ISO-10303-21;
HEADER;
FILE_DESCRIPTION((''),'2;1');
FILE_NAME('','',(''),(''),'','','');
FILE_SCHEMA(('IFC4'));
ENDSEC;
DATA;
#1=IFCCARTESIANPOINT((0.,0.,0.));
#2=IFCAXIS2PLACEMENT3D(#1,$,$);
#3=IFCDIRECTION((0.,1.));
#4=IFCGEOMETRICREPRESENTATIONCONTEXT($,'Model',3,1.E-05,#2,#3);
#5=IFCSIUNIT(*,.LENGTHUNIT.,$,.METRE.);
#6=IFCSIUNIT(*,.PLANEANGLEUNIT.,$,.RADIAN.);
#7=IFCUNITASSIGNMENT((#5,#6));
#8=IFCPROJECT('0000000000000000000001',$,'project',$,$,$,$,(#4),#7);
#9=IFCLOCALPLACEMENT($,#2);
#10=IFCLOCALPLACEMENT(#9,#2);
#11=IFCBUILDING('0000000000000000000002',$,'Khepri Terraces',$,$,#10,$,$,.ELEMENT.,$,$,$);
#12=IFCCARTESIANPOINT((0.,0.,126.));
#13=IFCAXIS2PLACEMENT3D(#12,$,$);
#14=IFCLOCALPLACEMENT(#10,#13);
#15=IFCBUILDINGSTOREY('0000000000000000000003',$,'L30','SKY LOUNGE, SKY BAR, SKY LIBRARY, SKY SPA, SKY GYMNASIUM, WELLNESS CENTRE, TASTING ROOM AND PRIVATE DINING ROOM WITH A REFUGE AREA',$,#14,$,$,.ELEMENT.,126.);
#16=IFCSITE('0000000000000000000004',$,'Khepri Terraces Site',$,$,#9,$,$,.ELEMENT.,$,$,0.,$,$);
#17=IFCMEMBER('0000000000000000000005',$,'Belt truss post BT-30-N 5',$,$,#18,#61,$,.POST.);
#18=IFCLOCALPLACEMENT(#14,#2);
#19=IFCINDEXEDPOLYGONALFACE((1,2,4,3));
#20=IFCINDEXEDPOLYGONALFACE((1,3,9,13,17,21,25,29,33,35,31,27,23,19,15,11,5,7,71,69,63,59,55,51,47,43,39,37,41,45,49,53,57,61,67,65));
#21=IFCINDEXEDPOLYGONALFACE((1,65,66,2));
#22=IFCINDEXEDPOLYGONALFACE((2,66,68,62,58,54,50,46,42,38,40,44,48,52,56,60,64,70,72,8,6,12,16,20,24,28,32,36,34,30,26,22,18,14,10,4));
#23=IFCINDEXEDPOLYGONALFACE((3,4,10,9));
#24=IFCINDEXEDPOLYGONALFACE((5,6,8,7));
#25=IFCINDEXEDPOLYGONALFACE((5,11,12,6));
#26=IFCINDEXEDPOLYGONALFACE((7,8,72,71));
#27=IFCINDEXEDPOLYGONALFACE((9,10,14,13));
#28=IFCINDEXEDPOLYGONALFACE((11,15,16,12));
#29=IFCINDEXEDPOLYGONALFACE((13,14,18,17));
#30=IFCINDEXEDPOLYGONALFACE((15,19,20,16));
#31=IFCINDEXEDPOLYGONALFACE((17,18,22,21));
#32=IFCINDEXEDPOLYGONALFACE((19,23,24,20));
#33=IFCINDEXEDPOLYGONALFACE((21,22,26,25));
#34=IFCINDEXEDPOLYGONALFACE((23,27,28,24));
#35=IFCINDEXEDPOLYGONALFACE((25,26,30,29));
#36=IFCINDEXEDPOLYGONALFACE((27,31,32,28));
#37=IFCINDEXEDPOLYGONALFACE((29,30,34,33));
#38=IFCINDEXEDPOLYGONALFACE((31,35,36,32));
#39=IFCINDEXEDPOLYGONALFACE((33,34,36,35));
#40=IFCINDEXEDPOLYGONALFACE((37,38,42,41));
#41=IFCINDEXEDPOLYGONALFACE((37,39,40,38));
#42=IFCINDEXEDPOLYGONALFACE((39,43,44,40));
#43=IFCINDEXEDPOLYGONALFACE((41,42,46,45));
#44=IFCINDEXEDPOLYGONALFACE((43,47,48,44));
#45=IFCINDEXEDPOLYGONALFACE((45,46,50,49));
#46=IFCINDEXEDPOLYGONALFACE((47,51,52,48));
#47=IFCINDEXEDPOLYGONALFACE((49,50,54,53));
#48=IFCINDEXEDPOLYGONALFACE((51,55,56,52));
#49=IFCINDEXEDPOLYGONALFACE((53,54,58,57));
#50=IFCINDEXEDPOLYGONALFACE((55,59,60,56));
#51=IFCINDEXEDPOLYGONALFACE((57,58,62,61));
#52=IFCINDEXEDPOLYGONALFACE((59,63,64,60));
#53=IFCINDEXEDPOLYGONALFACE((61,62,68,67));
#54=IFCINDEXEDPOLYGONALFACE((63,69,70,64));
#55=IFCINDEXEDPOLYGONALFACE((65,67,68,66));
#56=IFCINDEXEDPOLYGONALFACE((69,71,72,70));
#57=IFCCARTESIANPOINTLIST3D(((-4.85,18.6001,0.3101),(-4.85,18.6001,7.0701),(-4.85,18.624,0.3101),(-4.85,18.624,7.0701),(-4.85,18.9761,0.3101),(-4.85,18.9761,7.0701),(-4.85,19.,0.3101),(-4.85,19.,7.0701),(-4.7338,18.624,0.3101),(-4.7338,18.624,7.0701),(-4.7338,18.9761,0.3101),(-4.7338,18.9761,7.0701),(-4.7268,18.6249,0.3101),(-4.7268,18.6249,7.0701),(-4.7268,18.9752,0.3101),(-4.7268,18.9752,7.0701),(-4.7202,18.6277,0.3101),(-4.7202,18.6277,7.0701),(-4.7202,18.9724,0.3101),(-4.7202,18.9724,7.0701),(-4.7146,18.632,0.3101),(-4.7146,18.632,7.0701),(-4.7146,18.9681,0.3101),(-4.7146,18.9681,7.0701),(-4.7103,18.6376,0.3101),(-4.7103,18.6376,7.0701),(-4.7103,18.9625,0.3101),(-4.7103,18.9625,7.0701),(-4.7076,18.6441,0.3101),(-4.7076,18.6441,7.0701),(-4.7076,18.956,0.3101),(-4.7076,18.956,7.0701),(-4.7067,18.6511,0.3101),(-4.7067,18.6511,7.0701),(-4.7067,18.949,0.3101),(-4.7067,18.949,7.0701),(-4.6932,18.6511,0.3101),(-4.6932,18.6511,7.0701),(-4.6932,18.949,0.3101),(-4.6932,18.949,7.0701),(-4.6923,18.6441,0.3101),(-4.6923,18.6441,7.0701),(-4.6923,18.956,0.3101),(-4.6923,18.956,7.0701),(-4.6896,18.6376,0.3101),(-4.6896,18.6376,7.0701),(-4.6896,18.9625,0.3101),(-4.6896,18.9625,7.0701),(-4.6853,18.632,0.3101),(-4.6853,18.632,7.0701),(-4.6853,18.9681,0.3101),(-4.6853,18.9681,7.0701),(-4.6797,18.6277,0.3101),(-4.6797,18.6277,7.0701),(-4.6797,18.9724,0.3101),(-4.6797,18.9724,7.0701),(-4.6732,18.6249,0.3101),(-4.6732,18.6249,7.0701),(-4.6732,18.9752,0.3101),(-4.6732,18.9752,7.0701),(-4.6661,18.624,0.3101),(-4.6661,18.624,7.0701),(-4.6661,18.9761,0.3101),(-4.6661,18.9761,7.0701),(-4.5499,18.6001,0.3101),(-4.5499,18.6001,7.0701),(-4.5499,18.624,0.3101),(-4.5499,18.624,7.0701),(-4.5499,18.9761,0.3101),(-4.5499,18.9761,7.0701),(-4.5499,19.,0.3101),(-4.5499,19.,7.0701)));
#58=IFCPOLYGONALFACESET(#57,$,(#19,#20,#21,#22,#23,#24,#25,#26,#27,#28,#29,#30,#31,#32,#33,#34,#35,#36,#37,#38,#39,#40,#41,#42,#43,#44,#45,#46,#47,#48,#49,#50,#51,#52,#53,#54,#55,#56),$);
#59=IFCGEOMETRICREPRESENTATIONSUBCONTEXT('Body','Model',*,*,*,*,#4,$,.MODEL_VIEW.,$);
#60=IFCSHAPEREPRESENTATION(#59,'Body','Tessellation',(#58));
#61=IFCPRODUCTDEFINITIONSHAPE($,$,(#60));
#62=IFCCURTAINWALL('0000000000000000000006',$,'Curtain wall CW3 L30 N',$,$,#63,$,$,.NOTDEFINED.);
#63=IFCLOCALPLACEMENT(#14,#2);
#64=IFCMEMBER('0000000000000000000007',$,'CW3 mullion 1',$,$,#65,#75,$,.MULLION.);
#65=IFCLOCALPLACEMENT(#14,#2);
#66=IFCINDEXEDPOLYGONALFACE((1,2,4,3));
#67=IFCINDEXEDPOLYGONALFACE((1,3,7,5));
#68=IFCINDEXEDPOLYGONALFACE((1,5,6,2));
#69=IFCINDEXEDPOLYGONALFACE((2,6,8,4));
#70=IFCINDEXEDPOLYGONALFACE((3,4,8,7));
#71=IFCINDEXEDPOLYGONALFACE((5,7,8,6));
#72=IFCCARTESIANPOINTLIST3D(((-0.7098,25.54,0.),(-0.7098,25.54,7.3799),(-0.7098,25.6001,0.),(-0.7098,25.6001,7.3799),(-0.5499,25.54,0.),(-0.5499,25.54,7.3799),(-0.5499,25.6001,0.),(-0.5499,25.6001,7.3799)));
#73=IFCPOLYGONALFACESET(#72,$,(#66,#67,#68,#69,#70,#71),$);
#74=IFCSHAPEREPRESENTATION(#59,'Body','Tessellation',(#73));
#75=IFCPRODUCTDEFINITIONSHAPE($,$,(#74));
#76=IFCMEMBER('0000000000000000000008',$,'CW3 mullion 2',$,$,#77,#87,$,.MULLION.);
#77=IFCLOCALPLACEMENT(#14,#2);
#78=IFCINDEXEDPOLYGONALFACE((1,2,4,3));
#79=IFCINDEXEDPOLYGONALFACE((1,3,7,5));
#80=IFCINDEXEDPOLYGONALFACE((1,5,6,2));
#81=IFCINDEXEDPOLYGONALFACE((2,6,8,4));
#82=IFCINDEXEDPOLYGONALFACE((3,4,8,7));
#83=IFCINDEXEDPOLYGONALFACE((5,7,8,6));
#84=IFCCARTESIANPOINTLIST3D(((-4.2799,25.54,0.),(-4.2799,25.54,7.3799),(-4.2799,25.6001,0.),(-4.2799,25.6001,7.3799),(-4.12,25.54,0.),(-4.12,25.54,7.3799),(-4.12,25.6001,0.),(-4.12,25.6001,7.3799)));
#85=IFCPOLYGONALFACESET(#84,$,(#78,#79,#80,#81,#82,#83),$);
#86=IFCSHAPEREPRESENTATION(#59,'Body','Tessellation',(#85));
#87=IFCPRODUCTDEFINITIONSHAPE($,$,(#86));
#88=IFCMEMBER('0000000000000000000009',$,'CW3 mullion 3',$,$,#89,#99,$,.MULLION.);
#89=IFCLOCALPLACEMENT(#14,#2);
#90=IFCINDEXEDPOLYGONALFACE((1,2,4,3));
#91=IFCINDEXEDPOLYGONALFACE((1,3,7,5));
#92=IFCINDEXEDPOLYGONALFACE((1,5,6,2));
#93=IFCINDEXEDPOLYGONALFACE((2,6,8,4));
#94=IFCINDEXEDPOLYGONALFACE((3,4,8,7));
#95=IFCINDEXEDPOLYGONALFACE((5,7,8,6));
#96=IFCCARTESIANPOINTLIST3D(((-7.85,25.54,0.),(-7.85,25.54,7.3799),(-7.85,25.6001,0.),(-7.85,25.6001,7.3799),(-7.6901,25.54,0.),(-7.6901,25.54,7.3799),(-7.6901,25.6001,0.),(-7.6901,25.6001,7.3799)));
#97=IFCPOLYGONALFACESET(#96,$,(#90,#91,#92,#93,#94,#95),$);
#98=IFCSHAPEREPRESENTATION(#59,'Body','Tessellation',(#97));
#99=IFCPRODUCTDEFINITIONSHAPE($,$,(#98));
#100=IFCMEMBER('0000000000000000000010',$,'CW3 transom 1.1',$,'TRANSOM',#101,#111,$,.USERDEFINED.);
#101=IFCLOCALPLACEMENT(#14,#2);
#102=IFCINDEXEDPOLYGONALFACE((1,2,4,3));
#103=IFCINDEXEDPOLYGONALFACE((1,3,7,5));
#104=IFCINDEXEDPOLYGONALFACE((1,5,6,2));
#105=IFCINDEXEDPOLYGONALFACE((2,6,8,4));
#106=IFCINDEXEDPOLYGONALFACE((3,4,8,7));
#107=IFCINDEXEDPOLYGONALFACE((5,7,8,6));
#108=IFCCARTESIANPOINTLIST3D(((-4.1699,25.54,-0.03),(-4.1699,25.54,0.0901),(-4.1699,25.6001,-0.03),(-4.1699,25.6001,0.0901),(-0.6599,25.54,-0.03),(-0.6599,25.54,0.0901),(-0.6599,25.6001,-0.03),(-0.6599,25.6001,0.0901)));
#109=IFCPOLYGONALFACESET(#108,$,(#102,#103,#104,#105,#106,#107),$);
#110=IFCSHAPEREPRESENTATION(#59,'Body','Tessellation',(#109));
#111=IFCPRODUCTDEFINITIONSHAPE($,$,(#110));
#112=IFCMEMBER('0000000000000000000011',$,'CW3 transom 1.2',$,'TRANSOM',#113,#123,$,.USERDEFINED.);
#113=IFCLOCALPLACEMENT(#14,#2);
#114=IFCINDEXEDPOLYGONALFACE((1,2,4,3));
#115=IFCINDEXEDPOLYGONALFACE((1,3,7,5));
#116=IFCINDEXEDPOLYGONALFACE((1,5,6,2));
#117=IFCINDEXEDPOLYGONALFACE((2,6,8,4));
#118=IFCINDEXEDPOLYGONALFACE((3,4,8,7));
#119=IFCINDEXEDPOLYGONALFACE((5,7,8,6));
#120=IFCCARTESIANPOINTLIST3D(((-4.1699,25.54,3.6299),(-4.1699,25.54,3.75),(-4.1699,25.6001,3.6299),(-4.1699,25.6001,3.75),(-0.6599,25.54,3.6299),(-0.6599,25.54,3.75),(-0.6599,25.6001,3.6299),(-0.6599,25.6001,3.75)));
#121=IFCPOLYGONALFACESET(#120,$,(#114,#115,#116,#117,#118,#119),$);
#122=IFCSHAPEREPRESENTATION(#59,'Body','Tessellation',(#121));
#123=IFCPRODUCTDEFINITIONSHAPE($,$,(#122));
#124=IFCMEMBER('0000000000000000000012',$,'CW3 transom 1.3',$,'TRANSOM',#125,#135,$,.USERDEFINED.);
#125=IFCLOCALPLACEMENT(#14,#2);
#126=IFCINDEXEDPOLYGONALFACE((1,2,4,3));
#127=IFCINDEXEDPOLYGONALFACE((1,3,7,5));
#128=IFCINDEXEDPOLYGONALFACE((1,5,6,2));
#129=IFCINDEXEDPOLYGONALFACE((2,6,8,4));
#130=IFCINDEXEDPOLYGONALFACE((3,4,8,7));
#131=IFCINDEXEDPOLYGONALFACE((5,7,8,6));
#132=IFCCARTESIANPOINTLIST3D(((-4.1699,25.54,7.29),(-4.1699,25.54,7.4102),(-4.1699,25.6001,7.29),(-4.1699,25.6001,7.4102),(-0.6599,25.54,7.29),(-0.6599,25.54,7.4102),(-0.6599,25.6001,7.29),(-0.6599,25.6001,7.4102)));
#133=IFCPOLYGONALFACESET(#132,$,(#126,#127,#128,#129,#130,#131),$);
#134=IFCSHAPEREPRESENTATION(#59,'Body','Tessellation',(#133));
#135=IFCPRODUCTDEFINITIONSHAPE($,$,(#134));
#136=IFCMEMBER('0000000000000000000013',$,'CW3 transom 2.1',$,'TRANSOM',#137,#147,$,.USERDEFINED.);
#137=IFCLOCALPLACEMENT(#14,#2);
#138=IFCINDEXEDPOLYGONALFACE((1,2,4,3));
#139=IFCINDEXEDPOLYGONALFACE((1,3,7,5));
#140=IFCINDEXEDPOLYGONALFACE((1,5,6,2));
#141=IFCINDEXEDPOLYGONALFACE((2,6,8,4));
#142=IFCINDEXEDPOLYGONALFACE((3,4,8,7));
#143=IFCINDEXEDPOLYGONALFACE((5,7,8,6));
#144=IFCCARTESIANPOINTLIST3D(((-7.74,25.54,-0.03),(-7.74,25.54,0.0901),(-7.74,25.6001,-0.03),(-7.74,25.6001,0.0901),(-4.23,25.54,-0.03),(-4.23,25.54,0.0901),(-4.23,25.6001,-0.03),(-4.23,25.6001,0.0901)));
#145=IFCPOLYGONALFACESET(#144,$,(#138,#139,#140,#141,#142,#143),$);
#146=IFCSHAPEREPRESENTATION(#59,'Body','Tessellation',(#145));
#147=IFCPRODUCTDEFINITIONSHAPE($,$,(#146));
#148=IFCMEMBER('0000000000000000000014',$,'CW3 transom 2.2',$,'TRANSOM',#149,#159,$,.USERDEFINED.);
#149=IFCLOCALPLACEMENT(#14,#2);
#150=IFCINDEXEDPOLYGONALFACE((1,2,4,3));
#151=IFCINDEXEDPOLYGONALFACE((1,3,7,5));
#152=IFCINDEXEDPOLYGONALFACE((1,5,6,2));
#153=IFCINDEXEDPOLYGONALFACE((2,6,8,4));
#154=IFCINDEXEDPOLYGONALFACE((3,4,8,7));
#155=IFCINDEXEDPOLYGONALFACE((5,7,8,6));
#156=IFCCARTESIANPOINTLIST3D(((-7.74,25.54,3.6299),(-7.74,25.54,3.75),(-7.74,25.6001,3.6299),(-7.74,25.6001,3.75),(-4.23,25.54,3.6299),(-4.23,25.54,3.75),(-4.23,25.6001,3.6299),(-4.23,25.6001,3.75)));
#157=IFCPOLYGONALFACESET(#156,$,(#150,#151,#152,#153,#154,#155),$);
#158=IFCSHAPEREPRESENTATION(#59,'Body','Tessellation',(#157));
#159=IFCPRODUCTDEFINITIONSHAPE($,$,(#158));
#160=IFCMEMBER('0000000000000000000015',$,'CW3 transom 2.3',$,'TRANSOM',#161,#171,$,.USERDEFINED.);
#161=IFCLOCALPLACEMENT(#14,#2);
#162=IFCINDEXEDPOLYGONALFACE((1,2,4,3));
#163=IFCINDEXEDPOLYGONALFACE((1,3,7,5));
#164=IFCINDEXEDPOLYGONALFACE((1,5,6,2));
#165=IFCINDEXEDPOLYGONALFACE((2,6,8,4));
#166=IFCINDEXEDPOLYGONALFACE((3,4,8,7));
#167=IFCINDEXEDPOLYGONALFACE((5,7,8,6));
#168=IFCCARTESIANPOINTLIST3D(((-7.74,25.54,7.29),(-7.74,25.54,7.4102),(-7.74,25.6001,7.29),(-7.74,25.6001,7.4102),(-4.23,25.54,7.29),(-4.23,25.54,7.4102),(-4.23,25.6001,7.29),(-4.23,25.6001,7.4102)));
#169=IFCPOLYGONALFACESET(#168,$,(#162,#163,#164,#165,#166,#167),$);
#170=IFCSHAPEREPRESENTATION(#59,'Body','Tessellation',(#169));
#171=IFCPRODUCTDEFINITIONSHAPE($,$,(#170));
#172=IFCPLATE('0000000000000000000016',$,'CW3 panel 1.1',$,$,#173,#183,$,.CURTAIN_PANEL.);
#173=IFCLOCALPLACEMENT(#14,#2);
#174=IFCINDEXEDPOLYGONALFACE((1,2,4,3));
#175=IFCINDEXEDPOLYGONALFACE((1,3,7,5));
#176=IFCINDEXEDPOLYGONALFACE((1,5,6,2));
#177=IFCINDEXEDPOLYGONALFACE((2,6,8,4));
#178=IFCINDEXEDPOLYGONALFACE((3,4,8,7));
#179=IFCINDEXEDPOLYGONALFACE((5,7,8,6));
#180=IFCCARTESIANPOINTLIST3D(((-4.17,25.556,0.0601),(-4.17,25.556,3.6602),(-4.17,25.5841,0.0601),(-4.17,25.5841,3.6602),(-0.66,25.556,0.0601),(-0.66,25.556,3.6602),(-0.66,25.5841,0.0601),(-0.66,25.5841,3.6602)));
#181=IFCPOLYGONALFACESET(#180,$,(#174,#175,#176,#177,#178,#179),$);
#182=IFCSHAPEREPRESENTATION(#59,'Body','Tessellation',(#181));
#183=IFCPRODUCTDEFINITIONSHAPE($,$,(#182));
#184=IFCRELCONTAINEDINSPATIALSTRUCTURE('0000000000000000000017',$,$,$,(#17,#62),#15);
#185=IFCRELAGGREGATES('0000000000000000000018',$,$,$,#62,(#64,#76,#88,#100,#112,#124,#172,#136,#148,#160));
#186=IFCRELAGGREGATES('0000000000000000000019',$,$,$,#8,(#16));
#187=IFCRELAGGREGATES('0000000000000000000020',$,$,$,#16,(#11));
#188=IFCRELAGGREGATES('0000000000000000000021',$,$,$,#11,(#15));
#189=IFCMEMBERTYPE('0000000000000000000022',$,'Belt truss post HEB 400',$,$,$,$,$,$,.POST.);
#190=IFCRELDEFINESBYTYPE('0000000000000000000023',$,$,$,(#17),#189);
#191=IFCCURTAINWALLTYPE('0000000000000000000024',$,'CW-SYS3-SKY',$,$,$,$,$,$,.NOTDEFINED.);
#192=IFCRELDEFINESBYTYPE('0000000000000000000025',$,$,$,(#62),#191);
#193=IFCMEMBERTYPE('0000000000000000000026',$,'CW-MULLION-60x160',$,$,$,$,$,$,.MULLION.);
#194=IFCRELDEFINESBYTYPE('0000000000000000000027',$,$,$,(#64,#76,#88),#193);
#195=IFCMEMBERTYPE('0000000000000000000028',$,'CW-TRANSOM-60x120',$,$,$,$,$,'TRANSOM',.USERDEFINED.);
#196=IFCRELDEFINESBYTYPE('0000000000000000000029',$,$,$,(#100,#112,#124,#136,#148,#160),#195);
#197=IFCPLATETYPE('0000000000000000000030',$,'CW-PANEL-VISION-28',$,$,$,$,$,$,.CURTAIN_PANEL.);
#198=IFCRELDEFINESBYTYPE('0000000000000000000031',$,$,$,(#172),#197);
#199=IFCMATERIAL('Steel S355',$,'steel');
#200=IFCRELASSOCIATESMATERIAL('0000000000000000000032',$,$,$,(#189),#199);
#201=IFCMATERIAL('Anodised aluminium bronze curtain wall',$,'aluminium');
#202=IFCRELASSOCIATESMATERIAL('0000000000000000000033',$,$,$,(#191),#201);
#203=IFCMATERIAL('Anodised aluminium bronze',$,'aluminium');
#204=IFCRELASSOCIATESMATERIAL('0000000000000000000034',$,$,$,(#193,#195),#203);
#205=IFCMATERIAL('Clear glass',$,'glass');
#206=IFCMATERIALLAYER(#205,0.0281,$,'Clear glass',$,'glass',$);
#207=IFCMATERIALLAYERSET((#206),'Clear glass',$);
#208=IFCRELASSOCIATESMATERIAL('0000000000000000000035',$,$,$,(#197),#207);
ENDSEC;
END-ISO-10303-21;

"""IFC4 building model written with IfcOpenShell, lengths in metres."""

from ifc_helpers import new_model, si_unit, direction, frame, origin, origin_2d, place, context, subcontext, project, spatial, rectangle, i_section, extrude, material, layer, layer_set, material_profile, profile_set, type_object, element, aggregate, save


model = new_model("IFC4")

# Units and contexts
model_context = context("Model", 3, precision=1e-05, world=origin(), true_north=direction((0.0, 1.0)))
body_context = subcontext(model_context, "Body", "Model", "MODEL_VIEW")
ifc_project = project(units=[si_unit("LENGTHUNIT", "METRE"), si_unit("PLANEANGLEUNIT", "RADIAN")], contexts=[model_context])

# Site, building, storey
site_placement = place(None, origin())
site = spatial("IfcSite", under=ifc_project, at=site_placement, Name="Khepri Terraces Site", CompositionType="ELEMENT", RefElevation=0.0)
building_placement = place(site_placement, origin())
building = spatial("IfcBuilding", under=site, at=building_placement, Name="Khepri Terraces", CompositionType="ELEMENT")
storey_placement = place(building_placement, frame((0.0, 0.0, 126.0)))
storey = spatial("IfcBuildingStorey", under=building, at=storey_placement, Name="L30", Description="SKY LOUNGE, SKY BAR, SKY LIBRARY, SKY SPA, SKY GYMNASIUM, WELLNESS CENTRE, TASTING ROOM AND PRIVATE DINING ROOM WITH A REFUGE AREA", CompositionType="ELEMENT", Elevation=126.0)

# Member
ifc_material_1 = material(Name="Steel S355", Category="steel")
ifc_material_profile_1 = material_profile(ifc_material_1, i_section(OverallWidth=0.3, OverallDepth=0.3999, WebThickness=0.0134, FlangeThickness=0.0239, FilletRadius=0.0271, at=origin_2d()), Name="Steel S355", Category="steel")
ifc_profile_set_1 = profile_set([ifc_material_profile_1], Name="Steel S355")
member_type_1 = type_object("IfcMemberType", Name="Belt truss post HEB 400", PredefinedType="POST", material=ifc_profile_set_1)
for number, where, z_axis, x_axis, name in (
    (1, (-4.7, 18.8, 0.3101), (0.0, 0.0, 1.0), (1.0, 0.0, 0.0), "Belt truss post BT-30-N 5"),
):
    element("IfcMember", number, at=place(storey_placement, frame(where, z_axis=z_axis, x_axis=x_axis)), inside=storey, type_object=member_type_1, Name=name, PredefinedType="POST", context=body_context, shape_type="SweptSolid", body=[
        extrude(i_section(OverallWidth=0.3, OverallDepth=0.3999, WebThickness=0.0134, FlangeThickness=0.0239, FilletRadius=0.0271, at=origin_2d()), origin(), (0.0, 0.0, 1.0), 6.76),
    ])

# Curtain wall, members, plate
ifc_material_2 = material(Name="Anodised aluminium bronze curtain wall", Category="aluminium")
curtain_wall_type = type_object("IfcCurtainWallType", Name="CW-SYS3-SKY", PredefinedType="NOTDEFINED", material=ifc_material_2)
curtain_wall_placement = place(storey_placement, origin())
curtain_wall = element("IfcCurtainWall", 2, at=curtain_wall_placement, inside=storey, type_object=curtain_wall_type, Name="Curtain wall CW3 L30 N", PredefinedType="NOTDEFINED")
ifc_material_3 = material(Name="Anodised aluminium bronze", Category="aluminium")
ifc_material_profile_2 = material_profile(ifc_material_3, rectangle(XDim=0.0601, YDim=0.1599, at=origin_2d()), Name="Anodised aluminium bronze", Category="aluminium")
ifc_profile_set_2 = profile_set([ifc_material_profile_2], Name="Anodised aluminium bronze")
member_type_2 = type_object("IfcMemberType", Name="CW-MULLION-60x160", PredefinedType="MULLION", material=ifc_profile_set_2)
member_1_placement = place(storey_placement, frame((-0.6299, 25.5701, 0.0), z_axis=(0.0, 0.0, 1.0), x_axis=(0.0, -1.0, 0.0)))
member_1 = element("IfcMember", 3, at=member_1_placement, type_object=member_type_2, Name="CW3 mullion 1", PredefinedType="MULLION", context=body_context, shape_type="SweptSolid", body=[
    extrude(rectangle(XDim=0.0601, YDim=0.1599, at=origin_2d()), origin(), (0.0, 0.0, 1.0), 7.3799),
])
member_2_placement = place(storey_placement, frame((-4.2, 25.5701, 0.0), z_axis=(0.0, 0.0, 1.0), x_axis=(0.0, -1.0, 0.0)))
member_2 = element("IfcMember", 4, at=member_2_placement, type_object=member_type_2, Name="CW3 mullion 2", PredefinedType="MULLION", context=body_context, shape_type="SweptSolid", body=[
    extrude(rectangle(XDim=0.0601, YDim=0.1599, at=origin_2d()), origin(), (0.0, 0.0, 1.0), 7.3799),
])
member_3_placement = place(storey_placement, frame((-7.77, 25.5701, 0.0), z_axis=(0.0, 0.0, 1.0), x_axis=(0.0, -1.0, 0.0)))
member_3 = element("IfcMember", 5, at=member_3_placement, type_object=member_type_2, Name="CW3 mullion 3", PredefinedType="MULLION", context=body_context, shape_type="SweptSolid", body=[
    extrude(rectangle(XDim=0.0601, YDim=0.1599, at=origin_2d()), origin(), (0.0, 0.0, 1.0), 7.3799),
])
ifc_material_profile_3 = material_profile(ifc_material_3, rectangle(XDim=0.0601, YDim=0.1201, at=origin_2d()), Name="Anodised aluminium bronze", Category="aluminium")
ifc_profile_set_3 = profile_set([ifc_material_profile_3], Name="Anodised aluminium bronze")
member_type_3 = type_object("IfcMemberType", Name="CW-TRANSOM-60x120", ElementType="TRANSOM", PredefinedType="USERDEFINED", material=ifc_profile_set_3)
member_4_placement = place(storey_placement, frame((-0.6599, 25.5701, 0.03), z_axis=(-1.0, 0.0, 0.0), x_axis=(0.0, -1.0, 0.0)))
member_4 = element("IfcMember", 6, at=member_4_placement, type_object=member_type_3, Name="CW3 transom 1.1", ObjectType="TRANSOM", PredefinedType="USERDEFINED", context=body_context, shape_type="SweptSolid", body=[
    extrude(rectangle(XDim=0.0601, YDim=0.1201, at=origin_2d()), origin(), (0.0, 0.0, 1.0), 3.51),
])
member_5_placement = place(storey_placement, frame((-0.6599, 25.5701, 3.6899), z_axis=(-1.0, 0.0, 0.0), x_axis=(0.0, -1.0, 0.0)))
member_5 = element("IfcMember", 7, at=member_5_placement, type_object=member_type_3, Name="CW3 transom 1.2", ObjectType="TRANSOM", PredefinedType="USERDEFINED", context=body_context, shape_type="SweptSolid", body=[
    extrude(rectangle(XDim=0.0601, YDim=0.1201, at=origin_2d()), origin(), (0.0, 0.0, 1.0), 3.51),
])
member_6_placement = place(storey_placement, frame((-0.6599, 25.5701, 7.3501), z_axis=(-1.0, 0.0, 0.0), x_axis=(0.0, -1.0, 0.0)))
member_6 = element("IfcMember", 8, at=member_6_placement, type_object=member_type_3, Name="CW3 transom 1.3", ObjectType="TRANSOM", PredefinedType="USERDEFINED", context=body_context, shape_type="SweptSolid", body=[
    extrude(rectangle(XDim=0.0601, YDim=0.1201, at=origin_2d()), origin(), (0.0, 0.0, 1.0), 3.51),
])
member_7_placement = place(storey_placement, frame((-4.23, 25.5701, 0.03), z_axis=(-1.0, 0.0, 0.0), x_axis=(0.0, -1.0, 0.0)))
member_7 = element("IfcMember", 9, at=member_7_placement, type_object=member_type_3, Name="CW3 transom 2.1", ObjectType="TRANSOM", PredefinedType="USERDEFINED", context=body_context, shape_type="SweptSolid", body=[
    extrude(rectangle(XDim=0.0601, YDim=0.1201, at=origin_2d()), origin(), (0.0, 0.0, 1.0), 3.51),
])
member_8_placement = place(storey_placement, frame((-4.23, 25.5701, 3.6899), z_axis=(-1.0, 0.0, 0.0), x_axis=(0.0, -1.0, 0.0)))
member_8 = element("IfcMember", 10, at=member_8_placement, type_object=member_type_3, Name="CW3 transom 2.2", ObjectType="TRANSOM", PredefinedType="USERDEFINED", context=body_context, shape_type="SweptSolid", body=[
    extrude(rectangle(XDim=0.0601, YDim=0.1201, at=origin_2d()), origin(), (0.0, 0.0, 1.0), 3.51),
])
member_9_placement = place(storey_placement, frame((-4.23, 25.5701, 7.3501), z_axis=(-1.0, 0.0, 0.0), x_axis=(0.0, -1.0, 0.0)))
member_9 = element("IfcMember", 11, at=member_9_placement, type_object=member_type_3, Name="CW3 transom 2.3", ObjectType="TRANSOM", PredefinedType="USERDEFINED", context=body_context, shape_type="SweptSolid", body=[
    extrude(rectangle(XDim=0.0601, YDim=0.1201, at=origin_2d()), origin(), (0.0, 0.0, 1.0), 3.51),
])
ifc_material_4 = material(Name="Clear glass", Category="glass")
ifc_layer = layer(ifc_material_4, 0.0281, Name="Clear glass", Category="glass")
ifc_layer_set = layer_set([ifc_layer], Name="Clear glass")
plate_type = type_object("IfcPlateType", Name="CW-PANEL-VISION-28", PredefinedType="CURTAIN_PANEL", material=ifc_layer_set)
plate_1_placement = place(storey_placement, frame((-2.415, 25.5701, 0.0601), z_axis=(0.0, 0.0, 1.0), x_axis=(-1.0, 0.0, 0.0)))
plate_1 = element("IfcPlate", 12, at=plate_1_placement, type_object=plate_type, Name="CW3 panel 1.1", PredefinedType="CURTAIN_PANEL", context=body_context, shape_type="SweptSolid", body=[
    extrude(rectangle(XDim=3.51, YDim=0.0281, at=origin_2d()), origin(), (0.0, 0.0, 1.0), 3.6001),
])
aggregate(curtain_wall, [member_1, member_2, member_3, member_4, member_5, member_6, plate_1, member_7, member_8, member_9])

save(model, "model.ifc")
